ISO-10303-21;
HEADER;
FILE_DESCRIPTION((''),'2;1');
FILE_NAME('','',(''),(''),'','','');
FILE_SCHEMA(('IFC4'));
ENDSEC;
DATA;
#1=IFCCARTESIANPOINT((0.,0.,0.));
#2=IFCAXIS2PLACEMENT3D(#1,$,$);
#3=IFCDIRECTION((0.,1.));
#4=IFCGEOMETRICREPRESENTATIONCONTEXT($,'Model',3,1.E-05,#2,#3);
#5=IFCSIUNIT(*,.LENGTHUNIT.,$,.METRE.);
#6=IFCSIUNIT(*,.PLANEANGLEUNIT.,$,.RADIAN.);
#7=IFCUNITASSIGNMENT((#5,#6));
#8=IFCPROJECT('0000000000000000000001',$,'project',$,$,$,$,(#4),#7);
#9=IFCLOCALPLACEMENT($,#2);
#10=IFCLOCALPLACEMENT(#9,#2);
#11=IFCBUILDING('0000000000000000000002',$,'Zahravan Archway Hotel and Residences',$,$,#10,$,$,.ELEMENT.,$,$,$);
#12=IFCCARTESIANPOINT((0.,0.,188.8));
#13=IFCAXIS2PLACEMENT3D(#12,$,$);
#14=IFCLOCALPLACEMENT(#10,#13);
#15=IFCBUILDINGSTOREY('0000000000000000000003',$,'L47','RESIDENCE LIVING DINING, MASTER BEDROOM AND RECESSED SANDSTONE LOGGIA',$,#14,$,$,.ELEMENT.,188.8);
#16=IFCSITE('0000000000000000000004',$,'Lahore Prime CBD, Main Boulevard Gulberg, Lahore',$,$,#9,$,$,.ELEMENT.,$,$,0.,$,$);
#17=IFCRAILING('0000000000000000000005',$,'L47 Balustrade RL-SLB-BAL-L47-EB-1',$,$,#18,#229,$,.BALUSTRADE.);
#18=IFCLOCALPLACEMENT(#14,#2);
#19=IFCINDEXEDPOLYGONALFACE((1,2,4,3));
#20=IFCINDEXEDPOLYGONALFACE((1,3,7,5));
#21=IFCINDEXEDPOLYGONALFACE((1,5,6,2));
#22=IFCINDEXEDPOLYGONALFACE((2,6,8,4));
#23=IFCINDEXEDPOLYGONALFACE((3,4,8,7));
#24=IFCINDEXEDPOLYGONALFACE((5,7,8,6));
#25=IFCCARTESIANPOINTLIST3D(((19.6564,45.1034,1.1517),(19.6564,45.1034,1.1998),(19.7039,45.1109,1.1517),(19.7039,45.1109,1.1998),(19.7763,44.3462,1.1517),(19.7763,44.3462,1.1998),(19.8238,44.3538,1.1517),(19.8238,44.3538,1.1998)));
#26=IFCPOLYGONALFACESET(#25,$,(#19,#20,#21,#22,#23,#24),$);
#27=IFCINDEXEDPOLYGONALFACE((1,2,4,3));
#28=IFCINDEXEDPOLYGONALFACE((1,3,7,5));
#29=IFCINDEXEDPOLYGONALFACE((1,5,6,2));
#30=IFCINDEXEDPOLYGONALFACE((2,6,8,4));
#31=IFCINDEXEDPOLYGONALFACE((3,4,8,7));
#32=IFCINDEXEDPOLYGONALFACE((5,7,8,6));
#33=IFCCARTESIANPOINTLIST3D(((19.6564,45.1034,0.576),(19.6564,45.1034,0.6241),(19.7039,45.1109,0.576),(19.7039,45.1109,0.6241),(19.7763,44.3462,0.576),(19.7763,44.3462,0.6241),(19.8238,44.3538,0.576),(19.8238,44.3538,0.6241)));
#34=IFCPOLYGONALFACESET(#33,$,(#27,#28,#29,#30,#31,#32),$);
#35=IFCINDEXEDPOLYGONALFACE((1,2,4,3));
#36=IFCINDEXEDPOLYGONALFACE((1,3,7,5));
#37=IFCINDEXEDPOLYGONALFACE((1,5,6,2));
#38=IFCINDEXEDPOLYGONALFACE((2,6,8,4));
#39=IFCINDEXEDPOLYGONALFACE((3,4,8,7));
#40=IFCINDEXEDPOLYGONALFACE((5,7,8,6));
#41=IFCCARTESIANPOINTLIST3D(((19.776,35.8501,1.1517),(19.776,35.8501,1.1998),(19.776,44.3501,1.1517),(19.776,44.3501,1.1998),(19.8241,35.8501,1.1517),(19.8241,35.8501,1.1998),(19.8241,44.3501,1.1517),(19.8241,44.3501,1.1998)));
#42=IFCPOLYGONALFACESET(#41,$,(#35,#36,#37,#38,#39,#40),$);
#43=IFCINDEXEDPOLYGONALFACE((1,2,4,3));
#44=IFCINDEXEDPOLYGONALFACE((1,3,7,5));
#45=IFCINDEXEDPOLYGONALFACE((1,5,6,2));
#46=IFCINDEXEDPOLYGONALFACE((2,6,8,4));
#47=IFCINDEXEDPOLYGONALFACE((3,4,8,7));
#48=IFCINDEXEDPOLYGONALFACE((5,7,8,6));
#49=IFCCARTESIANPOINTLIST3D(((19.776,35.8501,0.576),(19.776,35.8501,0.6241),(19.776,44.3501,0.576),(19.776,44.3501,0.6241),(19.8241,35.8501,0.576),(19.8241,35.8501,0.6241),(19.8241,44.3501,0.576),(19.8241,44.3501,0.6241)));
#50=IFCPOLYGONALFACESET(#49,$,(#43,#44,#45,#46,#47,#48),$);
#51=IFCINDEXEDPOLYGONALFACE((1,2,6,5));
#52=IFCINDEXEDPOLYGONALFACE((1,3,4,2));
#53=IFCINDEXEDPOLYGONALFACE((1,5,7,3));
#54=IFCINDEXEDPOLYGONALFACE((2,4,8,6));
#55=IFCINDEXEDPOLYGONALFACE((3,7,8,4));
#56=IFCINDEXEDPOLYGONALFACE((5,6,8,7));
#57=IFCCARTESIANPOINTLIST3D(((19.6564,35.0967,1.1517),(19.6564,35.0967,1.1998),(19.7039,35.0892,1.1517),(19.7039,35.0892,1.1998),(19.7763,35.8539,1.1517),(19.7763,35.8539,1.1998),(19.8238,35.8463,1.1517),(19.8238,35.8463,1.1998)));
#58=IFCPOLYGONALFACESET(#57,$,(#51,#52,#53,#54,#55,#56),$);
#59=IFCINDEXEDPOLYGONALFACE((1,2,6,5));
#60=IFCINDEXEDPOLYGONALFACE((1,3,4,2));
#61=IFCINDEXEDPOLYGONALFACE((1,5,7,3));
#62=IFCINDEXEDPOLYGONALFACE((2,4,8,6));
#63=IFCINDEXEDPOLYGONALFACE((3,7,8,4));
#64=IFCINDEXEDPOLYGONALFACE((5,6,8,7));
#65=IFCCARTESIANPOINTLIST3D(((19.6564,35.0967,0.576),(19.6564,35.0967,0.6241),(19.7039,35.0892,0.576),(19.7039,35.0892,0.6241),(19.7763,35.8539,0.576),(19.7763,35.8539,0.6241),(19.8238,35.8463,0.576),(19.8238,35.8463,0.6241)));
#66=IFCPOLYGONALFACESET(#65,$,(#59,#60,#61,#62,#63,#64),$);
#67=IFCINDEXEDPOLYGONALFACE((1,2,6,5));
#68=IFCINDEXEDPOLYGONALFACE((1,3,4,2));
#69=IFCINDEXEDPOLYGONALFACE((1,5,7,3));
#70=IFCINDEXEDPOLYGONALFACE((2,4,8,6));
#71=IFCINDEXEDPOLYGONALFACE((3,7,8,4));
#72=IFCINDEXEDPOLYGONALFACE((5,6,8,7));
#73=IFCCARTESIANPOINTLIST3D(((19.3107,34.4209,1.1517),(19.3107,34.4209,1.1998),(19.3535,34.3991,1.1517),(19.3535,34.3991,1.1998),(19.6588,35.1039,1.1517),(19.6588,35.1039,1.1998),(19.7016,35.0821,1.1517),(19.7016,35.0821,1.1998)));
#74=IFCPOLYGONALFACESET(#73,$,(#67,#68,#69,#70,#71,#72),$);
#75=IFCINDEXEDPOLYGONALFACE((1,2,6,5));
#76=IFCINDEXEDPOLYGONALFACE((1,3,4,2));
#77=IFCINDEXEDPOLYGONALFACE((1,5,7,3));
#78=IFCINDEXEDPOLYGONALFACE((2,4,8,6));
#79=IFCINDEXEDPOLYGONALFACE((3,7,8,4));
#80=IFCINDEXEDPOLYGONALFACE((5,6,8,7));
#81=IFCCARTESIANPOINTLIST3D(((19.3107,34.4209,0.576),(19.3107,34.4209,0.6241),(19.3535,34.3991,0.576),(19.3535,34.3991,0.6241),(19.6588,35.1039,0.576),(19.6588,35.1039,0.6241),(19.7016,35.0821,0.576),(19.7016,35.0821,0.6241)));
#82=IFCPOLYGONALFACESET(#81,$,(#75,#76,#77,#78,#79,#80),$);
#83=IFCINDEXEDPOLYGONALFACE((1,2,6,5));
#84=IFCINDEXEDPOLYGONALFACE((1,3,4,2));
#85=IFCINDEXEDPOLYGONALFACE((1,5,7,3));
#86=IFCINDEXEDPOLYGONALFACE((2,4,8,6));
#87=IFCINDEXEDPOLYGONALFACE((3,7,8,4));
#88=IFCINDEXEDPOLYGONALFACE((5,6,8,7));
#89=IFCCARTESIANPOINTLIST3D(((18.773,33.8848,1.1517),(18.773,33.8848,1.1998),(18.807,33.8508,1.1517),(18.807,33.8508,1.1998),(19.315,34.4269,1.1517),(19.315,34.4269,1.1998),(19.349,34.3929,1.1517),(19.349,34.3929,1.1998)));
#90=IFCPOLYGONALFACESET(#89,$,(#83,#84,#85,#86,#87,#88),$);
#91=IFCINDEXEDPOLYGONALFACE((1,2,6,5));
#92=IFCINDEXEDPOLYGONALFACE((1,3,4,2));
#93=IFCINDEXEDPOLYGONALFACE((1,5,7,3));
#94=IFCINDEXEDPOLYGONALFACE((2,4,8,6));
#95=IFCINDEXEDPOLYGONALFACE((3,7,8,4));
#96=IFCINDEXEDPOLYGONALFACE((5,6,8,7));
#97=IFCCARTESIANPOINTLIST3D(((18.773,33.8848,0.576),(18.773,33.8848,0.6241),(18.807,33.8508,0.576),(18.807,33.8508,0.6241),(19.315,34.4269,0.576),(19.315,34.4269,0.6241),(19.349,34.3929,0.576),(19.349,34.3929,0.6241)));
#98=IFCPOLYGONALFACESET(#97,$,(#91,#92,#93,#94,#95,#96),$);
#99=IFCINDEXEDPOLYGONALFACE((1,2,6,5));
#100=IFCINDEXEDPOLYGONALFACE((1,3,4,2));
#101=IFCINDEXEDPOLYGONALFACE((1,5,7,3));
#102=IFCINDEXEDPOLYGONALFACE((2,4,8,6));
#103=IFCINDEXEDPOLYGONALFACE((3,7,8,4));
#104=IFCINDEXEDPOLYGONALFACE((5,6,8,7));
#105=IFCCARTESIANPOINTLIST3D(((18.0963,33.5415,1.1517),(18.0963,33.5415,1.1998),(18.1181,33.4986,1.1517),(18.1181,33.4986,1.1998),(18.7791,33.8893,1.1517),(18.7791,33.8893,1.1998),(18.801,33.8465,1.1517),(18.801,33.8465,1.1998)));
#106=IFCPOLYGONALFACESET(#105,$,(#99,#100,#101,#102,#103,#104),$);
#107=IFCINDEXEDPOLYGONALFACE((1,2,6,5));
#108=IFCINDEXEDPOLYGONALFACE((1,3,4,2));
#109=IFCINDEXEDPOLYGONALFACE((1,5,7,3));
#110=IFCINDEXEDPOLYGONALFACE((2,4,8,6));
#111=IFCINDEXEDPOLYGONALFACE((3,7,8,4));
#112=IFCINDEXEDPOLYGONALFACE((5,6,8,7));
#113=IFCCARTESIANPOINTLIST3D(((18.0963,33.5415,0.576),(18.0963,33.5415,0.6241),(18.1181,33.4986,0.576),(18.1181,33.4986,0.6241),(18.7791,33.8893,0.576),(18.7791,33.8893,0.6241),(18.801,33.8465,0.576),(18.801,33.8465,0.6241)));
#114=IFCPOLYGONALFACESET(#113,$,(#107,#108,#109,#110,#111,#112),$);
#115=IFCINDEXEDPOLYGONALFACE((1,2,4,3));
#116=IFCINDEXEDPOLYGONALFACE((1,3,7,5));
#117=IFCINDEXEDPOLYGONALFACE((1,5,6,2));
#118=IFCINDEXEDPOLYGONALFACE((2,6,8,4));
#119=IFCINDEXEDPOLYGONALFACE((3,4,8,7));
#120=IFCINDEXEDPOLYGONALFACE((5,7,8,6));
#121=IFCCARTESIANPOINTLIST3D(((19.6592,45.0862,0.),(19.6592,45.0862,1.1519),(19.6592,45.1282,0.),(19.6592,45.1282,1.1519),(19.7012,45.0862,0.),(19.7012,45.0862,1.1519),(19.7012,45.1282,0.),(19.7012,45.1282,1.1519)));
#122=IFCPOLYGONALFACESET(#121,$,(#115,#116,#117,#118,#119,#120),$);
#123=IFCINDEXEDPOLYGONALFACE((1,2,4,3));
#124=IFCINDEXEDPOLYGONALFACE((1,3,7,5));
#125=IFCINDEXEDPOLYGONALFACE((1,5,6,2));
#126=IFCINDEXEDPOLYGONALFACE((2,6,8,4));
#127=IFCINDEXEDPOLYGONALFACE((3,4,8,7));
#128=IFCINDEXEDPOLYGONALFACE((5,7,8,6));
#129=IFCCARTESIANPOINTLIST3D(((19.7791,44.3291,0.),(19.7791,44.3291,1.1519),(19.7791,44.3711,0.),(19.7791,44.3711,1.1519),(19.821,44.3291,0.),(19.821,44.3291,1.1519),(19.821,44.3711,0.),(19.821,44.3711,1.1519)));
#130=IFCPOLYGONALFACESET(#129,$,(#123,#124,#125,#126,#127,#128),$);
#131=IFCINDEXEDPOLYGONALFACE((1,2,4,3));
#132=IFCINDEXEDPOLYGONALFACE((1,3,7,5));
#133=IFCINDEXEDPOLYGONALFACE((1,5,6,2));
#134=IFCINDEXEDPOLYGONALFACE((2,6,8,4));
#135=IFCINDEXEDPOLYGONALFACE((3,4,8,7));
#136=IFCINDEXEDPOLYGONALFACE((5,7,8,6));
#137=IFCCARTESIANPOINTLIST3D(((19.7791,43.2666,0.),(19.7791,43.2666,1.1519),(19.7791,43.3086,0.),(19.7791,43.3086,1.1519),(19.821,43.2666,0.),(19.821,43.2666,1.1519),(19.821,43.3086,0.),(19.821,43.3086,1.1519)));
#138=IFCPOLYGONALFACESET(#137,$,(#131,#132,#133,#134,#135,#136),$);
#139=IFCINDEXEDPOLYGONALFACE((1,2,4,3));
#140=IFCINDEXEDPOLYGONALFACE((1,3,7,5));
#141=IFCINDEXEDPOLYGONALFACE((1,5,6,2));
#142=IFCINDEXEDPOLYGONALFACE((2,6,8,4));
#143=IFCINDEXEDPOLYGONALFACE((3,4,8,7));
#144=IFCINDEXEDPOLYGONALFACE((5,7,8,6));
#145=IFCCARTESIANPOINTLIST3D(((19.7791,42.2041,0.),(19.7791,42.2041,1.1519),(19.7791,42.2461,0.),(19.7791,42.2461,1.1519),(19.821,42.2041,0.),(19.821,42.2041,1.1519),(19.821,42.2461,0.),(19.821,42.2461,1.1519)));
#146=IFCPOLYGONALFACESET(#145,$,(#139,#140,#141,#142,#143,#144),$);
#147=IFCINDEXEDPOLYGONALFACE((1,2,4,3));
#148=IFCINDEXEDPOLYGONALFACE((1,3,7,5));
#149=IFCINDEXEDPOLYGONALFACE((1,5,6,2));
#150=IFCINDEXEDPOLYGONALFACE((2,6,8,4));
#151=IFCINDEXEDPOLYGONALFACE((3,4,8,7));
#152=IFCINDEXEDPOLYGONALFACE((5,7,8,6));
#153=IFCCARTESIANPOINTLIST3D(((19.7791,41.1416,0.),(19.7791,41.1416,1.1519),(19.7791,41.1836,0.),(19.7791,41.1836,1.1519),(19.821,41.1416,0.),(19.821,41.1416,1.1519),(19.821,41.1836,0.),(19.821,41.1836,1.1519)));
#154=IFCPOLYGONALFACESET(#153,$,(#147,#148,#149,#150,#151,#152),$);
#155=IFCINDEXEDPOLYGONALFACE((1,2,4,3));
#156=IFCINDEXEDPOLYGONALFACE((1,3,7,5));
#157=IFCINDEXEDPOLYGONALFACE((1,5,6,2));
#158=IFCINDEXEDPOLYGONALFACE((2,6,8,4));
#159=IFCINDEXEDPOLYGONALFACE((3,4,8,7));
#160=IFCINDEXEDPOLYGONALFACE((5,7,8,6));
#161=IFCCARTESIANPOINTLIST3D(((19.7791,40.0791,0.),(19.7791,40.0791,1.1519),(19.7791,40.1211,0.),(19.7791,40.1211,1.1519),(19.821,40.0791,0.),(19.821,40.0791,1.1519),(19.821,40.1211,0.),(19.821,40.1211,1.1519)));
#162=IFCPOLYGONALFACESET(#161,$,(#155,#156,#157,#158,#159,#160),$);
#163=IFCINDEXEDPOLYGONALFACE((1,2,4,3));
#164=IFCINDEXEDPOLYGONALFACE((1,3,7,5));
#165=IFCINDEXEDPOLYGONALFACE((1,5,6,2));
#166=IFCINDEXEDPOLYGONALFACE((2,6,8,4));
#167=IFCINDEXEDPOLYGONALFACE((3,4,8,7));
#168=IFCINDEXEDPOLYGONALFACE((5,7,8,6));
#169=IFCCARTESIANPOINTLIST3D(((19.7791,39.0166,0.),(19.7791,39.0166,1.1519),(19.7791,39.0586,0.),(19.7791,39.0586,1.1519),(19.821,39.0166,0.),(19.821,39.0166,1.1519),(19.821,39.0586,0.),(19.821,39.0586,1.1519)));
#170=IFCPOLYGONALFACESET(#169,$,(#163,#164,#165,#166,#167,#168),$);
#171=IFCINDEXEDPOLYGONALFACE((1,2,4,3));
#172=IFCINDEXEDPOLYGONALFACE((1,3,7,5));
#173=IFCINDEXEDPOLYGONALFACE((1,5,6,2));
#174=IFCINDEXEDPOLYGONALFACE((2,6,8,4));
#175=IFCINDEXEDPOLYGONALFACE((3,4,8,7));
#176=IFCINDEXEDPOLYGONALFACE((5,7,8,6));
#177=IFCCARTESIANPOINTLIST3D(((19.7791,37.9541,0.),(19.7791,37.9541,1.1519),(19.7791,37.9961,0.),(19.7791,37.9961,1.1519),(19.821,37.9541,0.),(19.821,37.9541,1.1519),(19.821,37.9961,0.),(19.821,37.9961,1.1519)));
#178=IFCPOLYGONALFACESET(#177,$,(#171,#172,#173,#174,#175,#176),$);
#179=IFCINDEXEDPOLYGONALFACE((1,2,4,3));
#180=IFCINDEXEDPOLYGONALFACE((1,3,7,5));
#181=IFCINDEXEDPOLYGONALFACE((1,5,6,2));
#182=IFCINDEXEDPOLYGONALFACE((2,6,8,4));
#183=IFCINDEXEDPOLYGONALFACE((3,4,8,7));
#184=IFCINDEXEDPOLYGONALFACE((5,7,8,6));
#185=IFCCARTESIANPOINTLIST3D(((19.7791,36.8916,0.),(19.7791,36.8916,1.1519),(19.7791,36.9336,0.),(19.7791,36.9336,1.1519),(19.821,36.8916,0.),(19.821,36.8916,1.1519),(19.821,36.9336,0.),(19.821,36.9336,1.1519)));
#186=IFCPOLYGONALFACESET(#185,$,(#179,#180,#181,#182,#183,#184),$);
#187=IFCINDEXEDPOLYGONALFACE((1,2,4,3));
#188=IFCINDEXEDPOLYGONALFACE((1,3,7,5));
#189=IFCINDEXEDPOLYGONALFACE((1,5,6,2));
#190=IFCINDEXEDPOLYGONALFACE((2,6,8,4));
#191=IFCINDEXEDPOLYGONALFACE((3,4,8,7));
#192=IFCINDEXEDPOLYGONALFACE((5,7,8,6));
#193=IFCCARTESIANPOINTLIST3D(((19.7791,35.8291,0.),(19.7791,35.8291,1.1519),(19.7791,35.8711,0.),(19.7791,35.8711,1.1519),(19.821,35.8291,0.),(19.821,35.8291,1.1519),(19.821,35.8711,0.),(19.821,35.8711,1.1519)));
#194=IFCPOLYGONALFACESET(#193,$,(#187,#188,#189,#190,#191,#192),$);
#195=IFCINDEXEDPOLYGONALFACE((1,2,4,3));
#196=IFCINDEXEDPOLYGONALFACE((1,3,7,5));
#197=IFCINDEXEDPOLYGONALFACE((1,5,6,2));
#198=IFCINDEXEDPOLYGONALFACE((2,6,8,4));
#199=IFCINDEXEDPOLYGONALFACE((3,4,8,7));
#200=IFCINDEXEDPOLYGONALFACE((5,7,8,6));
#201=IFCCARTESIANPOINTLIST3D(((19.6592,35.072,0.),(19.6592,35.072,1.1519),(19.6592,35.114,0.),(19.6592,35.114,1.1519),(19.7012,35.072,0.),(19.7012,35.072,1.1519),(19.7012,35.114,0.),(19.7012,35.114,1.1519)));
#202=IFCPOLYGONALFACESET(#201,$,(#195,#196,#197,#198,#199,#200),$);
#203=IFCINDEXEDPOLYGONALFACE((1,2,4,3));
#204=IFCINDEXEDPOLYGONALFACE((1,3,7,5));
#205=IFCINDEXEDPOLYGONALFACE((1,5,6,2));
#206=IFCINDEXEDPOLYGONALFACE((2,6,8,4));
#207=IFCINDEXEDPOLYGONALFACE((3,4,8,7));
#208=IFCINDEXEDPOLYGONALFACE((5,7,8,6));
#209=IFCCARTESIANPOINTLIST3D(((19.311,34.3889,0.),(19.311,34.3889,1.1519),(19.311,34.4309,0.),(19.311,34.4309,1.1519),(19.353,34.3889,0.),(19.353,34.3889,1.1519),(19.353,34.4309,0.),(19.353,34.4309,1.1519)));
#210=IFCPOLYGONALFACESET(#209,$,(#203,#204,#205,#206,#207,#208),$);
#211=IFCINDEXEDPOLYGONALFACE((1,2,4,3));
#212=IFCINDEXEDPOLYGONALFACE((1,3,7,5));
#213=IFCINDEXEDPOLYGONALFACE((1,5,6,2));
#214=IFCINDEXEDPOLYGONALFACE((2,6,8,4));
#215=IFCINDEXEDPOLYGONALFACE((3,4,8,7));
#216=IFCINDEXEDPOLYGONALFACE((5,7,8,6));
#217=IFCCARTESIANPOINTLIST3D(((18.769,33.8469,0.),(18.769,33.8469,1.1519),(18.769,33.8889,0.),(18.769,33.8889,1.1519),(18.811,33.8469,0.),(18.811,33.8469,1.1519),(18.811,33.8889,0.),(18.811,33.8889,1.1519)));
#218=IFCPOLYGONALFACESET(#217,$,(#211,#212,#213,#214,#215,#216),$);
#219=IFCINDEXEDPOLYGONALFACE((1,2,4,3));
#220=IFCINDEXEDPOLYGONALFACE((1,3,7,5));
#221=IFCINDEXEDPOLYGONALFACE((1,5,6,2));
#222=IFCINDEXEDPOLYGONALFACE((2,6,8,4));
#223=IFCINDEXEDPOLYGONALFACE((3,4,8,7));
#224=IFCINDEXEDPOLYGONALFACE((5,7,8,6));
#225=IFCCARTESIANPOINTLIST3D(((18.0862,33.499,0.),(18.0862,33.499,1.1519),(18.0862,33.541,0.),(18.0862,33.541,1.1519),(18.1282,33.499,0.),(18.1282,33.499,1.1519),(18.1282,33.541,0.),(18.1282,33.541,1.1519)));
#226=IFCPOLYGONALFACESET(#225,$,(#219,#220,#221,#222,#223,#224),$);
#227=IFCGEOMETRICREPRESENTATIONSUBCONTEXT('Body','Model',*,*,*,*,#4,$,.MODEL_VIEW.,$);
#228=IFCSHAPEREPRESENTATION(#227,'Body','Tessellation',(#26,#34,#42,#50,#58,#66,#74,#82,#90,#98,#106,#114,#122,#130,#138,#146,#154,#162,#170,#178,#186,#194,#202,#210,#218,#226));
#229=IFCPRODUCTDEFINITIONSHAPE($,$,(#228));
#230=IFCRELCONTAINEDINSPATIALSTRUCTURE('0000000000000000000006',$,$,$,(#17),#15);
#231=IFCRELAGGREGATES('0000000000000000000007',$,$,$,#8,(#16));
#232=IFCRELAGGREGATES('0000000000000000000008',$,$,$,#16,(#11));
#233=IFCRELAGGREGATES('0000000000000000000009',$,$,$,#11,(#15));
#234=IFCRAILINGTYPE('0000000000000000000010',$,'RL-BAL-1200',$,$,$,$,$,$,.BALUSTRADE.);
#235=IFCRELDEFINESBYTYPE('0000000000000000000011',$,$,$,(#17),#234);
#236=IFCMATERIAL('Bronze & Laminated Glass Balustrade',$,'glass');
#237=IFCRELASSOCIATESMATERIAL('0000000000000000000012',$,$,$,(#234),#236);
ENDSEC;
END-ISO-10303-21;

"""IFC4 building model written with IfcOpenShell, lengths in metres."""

from ifc_helpers import new_model, si_unit, direction, frame, origin, origin_2d, place, context, subcontext, project, spatial, rectangle, extrude, material, type_object, element, save


model = new_model("IFC4")

# Units and contexts
model_context = context("Model", 3, precision=1e-05, world=origin(), true_north=direction((0.0, 1.0)))
body_context = subcontext(model_context, "Body", "Model", "MODEL_VIEW")
ifc_project = project(units=[si_unit("LENGTHUNIT", "METRE"), si_unit("PLANEANGLEUNIT", "RADIAN")], contexts=[model_context])

# Site, building, storey
site_placement = place(None, origin())
site = spatial("IfcSite", under=ifc_project, at=site_placement, Name="Lahore Prime CBD, Main Boulevard Gulberg, Lahore", CompositionType="ELEMENT", RefElevation=0.0)
building_placement = place(site_placement, origin())
building = spatial("IfcBuilding", under=site, at=building_placement, Name="Zahravan Archway Hotel and Residences", CompositionType="ELEMENT")
storey_placement = place(building_placement, frame((0.0, 0.0, 188.8)))
storey = spatial("IfcBuildingStorey", under=building, at=storey_placement, Name="L47", Description="RESIDENCE LIVING DINING, MASTER BEDROOM AND RECESSED SANDSTONE LOGGIA", CompositionType="ELEMENT", Elevation=188.8)

# Railing
ifc_material_1 = material(Name="Bronze & Laminated Glass Balustrade", Category="glass")
railing_type = type_object("IfcRailingType", Name="RL-BAL-1200", PredefinedType="BALUSTRADE", material=ifc_material_1)
railing_1_placement = place(storey_placement, frame((19.6802, 45.1072, 0.0)))
element("IfcRailing", 1, at=railing_1_placement, inside=storey, type_object=railing_type, Name="L47 Balustrade RL-SLB-BAL-L47-EB-1", PredefinedType="BALUSTRADE", context=body_context, shape_type="SweptSolid", body=[
    extrude(rectangle(XDim=0.0481, YDim=0.0481, at=origin_2d()), frame((0.0, 0.0, 1.1758), z_axis=(0.156388, -0.987696, 0.0), x_axis=(0.987696, 0.156388, 0.0)), (0.0, 0.0, 1.0), 0.7666),
    extrude(rectangle(XDim=0.0481, YDim=0.0481, at=origin_2d()), frame((0.0, 0.0, 0.6001), z_axis=(0.156388, -0.987696, 0.0), x_axis=(0.987696, 0.156388, 0.0)), (0.0, 0.0, 1.0), 0.7666),
    extrude(rectangle(XDim=0.0481, YDim=0.0481, at=origin_2d()), frame((0.1199, -0.7571, 1.1758), z_axis=(0.0, -1.0, 0.0), x_axis=(1.0, 0.0, 0.0)), (0.0, 0.0, 1.0), 8.5),
    extrude(rectangle(XDim=0.0481, YDim=0.0481, at=origin_2d()), frame((0.1199, -0.7571, 0.6001), z_axis=(0.0, -1.0, 0.0), x_axis=(1.0, 0.0, 0.0)), (0.0, 0.0, 1.0), 8.5),
    extrude(rectangle(XDim=0.0481, YDim=0.0481, at=origin_2d()), frame((0.1199, -9.2571, 1.1758), z_axis=(-0.156388, -0.987696, 0.0), x_axis=(0.987696, -0.156388, 0.0)), (0.0, 0.0, 1.0), 0.7666),
    extrude(rectangle(XDim=0.0481, YDim=0.0481, at=origin_2d()), frame((0.1199, -9.2571, 0.6001), z_axis=(-0.156388, -0.987696, 0.0), x_axis=(0.987696, -0.156388, 0.0)), (0.0, 0.0, 1.0), 0.7666),
    extrude(rectangle(XDim=0.0481, YDim=0.0481, at=origin_2d()), frame((0.0, -10.0142, 1.1758), z_axis=(-0.454078, -0.890962, 0.0), x_axis=(0.890962, -0.454078, 0.0)), (0.0, 0.0, 1.0), 0.7666),
    extrude(rectangle(XDim=0.0481, YDim=0.0481, at=origin_2d()), frame((0.0, -10.0142, 0.6001), z_axis=(-0.454078, -0.890962, 0.0), x_axis=(0.890962, -0.454078, 0.0)), (0.0, 0.0, 1.0), 0.7666),
    extrude(rectangle(XDim=0.0481, YDim=0.0481, at=origin_2d()), frame((-0.3481, -10.6973, 1.1758), z_axis=(-0.707107, -0.707107, 0.0), x_axis=(0.707107, -0.707107, 0.0)), (0.0, 0.0, 1.0), 0.7666),
    extrude(rectangle(XDim=0.0481, YDim=0.0481, at=origin_2d()), frame((-0.3481, -10.6973, 0.6001), z_axis=(-0.707107, -0.707107, 0.0), x_axis=(0.707107, -0.707107, 0.0)), (0.0, 0.0, 1.0), 0.7666),
    extrude(rectangle(XDim=0.0481, YDim=0.0481, at=origin_2d()), frame((-0.8901, -11.2393, 1.1758), z_axis=(-0.891025, -0.453954, 0.0), x_axis=(0.453954, -0.891025, 0.0)), (0.0, 0.0, 1.0), 0.7664),
    extrude(rectangle(XDim=0.0481, YDim=0.0481, at=origin_2d()), frame((-0.8901, -11.2393, 0.6001), z_axis=(-0.891025, -0.453954, 0.0), x_axis=(0.453954, -0.891025, 0.0)), (0.0, 0.0, 1.0), 0.7664),
    extrude(rectangle(XDim=0.042, YDim=0.042, at=origin_2d()), origin(), (0.0, 0.0, 1.0), 1.1519),
    extrude(rectangle(XDim=0.042, YDim=0.042, at=origin_2d()), frame((0.1199, -0.7571, 0.0)), (0.0, 0.0, 1.0), 1.1519),
    extrude(rectangle(XDim=0.042, YDim=0.042, at=origin_2d()), frame((0.1199, -1.8196, 0.0)), (0.0, 0.0, 1.0), 1.1519),
    extrude(rectangle(XDim=0.042, YDim=0.042, at=origin_2d()), frame((0.1199, -2.8821, 0.0)), (0.0, 0.0, 1.0), 1.1519),
    extrude(rectangle(XDim=0.042, YDim=0.042, at=origin_2d()), frame((0.1199, -3.9446, 0.0)), (0.0, 0.0, 1.0), 1.1519),
    extrude(rectangle(XDim=0.042, YDim=0.042, at=origin_2d()), frame((0.1199, -5.0071, 0.0)), (0.0, 0.0, 1.0), 1.1519),
    extrude(rectangle(XDim=0.042, YDim=0.042, at=origin_2d()), frame((0.1199, -6.0696, 0.0)), (0.0, 0.0, 1.0), 1.1519),
    extrude(rectangle(XDim=0.042, YDim=0.042, at=origin_2d()), frame((0.1199, -7.1321, 0.0)), (0.0, 0.0, 1.0), 1.1519),
    extrude(rectangle(XDim=0.042, YDim=0.042, at=origin_2d()), frame((0.1199, -8.1946, 0.0)), (0.0, 0.0, 1.0), 1.1519),
    extrude(rectangle(XDim=0.042, YDim=0.042, at=origin_2d()), frame((0.1199, -9.2571, 0.0)), (0.0, 0.0, 1.0), 1.1519),
    extrude(rectangle(XDim=0.042, YDim=0.042, at=origin_2d()), frame((0.0, -10.0142, 0.0)), (0.0, 0.0, 1.0), 1.1519),
    extrude(rectangle(XDim=0.042, YDim=0.042, at=origin_2d()), frame((-0.3481, -10.6973, 0.0)), (0.0, 0.0, 1.0), 1.1519),
    extrude(rectangle(XDim=0.042, YDim=0.042, at=origin_2d()), frame((-0.8901, -11.2393, 0.0)), (0.0, 0.0, 1.0), 1.1519),
    extrude(rectangle(XDim=0.042, YDim=0.042, at=origin_2d()), frame((-1.573, -11.5872, 0.0)), (0.0, 0.0, 1.0), 1.1519),
])

save(model, "model.ifc")
